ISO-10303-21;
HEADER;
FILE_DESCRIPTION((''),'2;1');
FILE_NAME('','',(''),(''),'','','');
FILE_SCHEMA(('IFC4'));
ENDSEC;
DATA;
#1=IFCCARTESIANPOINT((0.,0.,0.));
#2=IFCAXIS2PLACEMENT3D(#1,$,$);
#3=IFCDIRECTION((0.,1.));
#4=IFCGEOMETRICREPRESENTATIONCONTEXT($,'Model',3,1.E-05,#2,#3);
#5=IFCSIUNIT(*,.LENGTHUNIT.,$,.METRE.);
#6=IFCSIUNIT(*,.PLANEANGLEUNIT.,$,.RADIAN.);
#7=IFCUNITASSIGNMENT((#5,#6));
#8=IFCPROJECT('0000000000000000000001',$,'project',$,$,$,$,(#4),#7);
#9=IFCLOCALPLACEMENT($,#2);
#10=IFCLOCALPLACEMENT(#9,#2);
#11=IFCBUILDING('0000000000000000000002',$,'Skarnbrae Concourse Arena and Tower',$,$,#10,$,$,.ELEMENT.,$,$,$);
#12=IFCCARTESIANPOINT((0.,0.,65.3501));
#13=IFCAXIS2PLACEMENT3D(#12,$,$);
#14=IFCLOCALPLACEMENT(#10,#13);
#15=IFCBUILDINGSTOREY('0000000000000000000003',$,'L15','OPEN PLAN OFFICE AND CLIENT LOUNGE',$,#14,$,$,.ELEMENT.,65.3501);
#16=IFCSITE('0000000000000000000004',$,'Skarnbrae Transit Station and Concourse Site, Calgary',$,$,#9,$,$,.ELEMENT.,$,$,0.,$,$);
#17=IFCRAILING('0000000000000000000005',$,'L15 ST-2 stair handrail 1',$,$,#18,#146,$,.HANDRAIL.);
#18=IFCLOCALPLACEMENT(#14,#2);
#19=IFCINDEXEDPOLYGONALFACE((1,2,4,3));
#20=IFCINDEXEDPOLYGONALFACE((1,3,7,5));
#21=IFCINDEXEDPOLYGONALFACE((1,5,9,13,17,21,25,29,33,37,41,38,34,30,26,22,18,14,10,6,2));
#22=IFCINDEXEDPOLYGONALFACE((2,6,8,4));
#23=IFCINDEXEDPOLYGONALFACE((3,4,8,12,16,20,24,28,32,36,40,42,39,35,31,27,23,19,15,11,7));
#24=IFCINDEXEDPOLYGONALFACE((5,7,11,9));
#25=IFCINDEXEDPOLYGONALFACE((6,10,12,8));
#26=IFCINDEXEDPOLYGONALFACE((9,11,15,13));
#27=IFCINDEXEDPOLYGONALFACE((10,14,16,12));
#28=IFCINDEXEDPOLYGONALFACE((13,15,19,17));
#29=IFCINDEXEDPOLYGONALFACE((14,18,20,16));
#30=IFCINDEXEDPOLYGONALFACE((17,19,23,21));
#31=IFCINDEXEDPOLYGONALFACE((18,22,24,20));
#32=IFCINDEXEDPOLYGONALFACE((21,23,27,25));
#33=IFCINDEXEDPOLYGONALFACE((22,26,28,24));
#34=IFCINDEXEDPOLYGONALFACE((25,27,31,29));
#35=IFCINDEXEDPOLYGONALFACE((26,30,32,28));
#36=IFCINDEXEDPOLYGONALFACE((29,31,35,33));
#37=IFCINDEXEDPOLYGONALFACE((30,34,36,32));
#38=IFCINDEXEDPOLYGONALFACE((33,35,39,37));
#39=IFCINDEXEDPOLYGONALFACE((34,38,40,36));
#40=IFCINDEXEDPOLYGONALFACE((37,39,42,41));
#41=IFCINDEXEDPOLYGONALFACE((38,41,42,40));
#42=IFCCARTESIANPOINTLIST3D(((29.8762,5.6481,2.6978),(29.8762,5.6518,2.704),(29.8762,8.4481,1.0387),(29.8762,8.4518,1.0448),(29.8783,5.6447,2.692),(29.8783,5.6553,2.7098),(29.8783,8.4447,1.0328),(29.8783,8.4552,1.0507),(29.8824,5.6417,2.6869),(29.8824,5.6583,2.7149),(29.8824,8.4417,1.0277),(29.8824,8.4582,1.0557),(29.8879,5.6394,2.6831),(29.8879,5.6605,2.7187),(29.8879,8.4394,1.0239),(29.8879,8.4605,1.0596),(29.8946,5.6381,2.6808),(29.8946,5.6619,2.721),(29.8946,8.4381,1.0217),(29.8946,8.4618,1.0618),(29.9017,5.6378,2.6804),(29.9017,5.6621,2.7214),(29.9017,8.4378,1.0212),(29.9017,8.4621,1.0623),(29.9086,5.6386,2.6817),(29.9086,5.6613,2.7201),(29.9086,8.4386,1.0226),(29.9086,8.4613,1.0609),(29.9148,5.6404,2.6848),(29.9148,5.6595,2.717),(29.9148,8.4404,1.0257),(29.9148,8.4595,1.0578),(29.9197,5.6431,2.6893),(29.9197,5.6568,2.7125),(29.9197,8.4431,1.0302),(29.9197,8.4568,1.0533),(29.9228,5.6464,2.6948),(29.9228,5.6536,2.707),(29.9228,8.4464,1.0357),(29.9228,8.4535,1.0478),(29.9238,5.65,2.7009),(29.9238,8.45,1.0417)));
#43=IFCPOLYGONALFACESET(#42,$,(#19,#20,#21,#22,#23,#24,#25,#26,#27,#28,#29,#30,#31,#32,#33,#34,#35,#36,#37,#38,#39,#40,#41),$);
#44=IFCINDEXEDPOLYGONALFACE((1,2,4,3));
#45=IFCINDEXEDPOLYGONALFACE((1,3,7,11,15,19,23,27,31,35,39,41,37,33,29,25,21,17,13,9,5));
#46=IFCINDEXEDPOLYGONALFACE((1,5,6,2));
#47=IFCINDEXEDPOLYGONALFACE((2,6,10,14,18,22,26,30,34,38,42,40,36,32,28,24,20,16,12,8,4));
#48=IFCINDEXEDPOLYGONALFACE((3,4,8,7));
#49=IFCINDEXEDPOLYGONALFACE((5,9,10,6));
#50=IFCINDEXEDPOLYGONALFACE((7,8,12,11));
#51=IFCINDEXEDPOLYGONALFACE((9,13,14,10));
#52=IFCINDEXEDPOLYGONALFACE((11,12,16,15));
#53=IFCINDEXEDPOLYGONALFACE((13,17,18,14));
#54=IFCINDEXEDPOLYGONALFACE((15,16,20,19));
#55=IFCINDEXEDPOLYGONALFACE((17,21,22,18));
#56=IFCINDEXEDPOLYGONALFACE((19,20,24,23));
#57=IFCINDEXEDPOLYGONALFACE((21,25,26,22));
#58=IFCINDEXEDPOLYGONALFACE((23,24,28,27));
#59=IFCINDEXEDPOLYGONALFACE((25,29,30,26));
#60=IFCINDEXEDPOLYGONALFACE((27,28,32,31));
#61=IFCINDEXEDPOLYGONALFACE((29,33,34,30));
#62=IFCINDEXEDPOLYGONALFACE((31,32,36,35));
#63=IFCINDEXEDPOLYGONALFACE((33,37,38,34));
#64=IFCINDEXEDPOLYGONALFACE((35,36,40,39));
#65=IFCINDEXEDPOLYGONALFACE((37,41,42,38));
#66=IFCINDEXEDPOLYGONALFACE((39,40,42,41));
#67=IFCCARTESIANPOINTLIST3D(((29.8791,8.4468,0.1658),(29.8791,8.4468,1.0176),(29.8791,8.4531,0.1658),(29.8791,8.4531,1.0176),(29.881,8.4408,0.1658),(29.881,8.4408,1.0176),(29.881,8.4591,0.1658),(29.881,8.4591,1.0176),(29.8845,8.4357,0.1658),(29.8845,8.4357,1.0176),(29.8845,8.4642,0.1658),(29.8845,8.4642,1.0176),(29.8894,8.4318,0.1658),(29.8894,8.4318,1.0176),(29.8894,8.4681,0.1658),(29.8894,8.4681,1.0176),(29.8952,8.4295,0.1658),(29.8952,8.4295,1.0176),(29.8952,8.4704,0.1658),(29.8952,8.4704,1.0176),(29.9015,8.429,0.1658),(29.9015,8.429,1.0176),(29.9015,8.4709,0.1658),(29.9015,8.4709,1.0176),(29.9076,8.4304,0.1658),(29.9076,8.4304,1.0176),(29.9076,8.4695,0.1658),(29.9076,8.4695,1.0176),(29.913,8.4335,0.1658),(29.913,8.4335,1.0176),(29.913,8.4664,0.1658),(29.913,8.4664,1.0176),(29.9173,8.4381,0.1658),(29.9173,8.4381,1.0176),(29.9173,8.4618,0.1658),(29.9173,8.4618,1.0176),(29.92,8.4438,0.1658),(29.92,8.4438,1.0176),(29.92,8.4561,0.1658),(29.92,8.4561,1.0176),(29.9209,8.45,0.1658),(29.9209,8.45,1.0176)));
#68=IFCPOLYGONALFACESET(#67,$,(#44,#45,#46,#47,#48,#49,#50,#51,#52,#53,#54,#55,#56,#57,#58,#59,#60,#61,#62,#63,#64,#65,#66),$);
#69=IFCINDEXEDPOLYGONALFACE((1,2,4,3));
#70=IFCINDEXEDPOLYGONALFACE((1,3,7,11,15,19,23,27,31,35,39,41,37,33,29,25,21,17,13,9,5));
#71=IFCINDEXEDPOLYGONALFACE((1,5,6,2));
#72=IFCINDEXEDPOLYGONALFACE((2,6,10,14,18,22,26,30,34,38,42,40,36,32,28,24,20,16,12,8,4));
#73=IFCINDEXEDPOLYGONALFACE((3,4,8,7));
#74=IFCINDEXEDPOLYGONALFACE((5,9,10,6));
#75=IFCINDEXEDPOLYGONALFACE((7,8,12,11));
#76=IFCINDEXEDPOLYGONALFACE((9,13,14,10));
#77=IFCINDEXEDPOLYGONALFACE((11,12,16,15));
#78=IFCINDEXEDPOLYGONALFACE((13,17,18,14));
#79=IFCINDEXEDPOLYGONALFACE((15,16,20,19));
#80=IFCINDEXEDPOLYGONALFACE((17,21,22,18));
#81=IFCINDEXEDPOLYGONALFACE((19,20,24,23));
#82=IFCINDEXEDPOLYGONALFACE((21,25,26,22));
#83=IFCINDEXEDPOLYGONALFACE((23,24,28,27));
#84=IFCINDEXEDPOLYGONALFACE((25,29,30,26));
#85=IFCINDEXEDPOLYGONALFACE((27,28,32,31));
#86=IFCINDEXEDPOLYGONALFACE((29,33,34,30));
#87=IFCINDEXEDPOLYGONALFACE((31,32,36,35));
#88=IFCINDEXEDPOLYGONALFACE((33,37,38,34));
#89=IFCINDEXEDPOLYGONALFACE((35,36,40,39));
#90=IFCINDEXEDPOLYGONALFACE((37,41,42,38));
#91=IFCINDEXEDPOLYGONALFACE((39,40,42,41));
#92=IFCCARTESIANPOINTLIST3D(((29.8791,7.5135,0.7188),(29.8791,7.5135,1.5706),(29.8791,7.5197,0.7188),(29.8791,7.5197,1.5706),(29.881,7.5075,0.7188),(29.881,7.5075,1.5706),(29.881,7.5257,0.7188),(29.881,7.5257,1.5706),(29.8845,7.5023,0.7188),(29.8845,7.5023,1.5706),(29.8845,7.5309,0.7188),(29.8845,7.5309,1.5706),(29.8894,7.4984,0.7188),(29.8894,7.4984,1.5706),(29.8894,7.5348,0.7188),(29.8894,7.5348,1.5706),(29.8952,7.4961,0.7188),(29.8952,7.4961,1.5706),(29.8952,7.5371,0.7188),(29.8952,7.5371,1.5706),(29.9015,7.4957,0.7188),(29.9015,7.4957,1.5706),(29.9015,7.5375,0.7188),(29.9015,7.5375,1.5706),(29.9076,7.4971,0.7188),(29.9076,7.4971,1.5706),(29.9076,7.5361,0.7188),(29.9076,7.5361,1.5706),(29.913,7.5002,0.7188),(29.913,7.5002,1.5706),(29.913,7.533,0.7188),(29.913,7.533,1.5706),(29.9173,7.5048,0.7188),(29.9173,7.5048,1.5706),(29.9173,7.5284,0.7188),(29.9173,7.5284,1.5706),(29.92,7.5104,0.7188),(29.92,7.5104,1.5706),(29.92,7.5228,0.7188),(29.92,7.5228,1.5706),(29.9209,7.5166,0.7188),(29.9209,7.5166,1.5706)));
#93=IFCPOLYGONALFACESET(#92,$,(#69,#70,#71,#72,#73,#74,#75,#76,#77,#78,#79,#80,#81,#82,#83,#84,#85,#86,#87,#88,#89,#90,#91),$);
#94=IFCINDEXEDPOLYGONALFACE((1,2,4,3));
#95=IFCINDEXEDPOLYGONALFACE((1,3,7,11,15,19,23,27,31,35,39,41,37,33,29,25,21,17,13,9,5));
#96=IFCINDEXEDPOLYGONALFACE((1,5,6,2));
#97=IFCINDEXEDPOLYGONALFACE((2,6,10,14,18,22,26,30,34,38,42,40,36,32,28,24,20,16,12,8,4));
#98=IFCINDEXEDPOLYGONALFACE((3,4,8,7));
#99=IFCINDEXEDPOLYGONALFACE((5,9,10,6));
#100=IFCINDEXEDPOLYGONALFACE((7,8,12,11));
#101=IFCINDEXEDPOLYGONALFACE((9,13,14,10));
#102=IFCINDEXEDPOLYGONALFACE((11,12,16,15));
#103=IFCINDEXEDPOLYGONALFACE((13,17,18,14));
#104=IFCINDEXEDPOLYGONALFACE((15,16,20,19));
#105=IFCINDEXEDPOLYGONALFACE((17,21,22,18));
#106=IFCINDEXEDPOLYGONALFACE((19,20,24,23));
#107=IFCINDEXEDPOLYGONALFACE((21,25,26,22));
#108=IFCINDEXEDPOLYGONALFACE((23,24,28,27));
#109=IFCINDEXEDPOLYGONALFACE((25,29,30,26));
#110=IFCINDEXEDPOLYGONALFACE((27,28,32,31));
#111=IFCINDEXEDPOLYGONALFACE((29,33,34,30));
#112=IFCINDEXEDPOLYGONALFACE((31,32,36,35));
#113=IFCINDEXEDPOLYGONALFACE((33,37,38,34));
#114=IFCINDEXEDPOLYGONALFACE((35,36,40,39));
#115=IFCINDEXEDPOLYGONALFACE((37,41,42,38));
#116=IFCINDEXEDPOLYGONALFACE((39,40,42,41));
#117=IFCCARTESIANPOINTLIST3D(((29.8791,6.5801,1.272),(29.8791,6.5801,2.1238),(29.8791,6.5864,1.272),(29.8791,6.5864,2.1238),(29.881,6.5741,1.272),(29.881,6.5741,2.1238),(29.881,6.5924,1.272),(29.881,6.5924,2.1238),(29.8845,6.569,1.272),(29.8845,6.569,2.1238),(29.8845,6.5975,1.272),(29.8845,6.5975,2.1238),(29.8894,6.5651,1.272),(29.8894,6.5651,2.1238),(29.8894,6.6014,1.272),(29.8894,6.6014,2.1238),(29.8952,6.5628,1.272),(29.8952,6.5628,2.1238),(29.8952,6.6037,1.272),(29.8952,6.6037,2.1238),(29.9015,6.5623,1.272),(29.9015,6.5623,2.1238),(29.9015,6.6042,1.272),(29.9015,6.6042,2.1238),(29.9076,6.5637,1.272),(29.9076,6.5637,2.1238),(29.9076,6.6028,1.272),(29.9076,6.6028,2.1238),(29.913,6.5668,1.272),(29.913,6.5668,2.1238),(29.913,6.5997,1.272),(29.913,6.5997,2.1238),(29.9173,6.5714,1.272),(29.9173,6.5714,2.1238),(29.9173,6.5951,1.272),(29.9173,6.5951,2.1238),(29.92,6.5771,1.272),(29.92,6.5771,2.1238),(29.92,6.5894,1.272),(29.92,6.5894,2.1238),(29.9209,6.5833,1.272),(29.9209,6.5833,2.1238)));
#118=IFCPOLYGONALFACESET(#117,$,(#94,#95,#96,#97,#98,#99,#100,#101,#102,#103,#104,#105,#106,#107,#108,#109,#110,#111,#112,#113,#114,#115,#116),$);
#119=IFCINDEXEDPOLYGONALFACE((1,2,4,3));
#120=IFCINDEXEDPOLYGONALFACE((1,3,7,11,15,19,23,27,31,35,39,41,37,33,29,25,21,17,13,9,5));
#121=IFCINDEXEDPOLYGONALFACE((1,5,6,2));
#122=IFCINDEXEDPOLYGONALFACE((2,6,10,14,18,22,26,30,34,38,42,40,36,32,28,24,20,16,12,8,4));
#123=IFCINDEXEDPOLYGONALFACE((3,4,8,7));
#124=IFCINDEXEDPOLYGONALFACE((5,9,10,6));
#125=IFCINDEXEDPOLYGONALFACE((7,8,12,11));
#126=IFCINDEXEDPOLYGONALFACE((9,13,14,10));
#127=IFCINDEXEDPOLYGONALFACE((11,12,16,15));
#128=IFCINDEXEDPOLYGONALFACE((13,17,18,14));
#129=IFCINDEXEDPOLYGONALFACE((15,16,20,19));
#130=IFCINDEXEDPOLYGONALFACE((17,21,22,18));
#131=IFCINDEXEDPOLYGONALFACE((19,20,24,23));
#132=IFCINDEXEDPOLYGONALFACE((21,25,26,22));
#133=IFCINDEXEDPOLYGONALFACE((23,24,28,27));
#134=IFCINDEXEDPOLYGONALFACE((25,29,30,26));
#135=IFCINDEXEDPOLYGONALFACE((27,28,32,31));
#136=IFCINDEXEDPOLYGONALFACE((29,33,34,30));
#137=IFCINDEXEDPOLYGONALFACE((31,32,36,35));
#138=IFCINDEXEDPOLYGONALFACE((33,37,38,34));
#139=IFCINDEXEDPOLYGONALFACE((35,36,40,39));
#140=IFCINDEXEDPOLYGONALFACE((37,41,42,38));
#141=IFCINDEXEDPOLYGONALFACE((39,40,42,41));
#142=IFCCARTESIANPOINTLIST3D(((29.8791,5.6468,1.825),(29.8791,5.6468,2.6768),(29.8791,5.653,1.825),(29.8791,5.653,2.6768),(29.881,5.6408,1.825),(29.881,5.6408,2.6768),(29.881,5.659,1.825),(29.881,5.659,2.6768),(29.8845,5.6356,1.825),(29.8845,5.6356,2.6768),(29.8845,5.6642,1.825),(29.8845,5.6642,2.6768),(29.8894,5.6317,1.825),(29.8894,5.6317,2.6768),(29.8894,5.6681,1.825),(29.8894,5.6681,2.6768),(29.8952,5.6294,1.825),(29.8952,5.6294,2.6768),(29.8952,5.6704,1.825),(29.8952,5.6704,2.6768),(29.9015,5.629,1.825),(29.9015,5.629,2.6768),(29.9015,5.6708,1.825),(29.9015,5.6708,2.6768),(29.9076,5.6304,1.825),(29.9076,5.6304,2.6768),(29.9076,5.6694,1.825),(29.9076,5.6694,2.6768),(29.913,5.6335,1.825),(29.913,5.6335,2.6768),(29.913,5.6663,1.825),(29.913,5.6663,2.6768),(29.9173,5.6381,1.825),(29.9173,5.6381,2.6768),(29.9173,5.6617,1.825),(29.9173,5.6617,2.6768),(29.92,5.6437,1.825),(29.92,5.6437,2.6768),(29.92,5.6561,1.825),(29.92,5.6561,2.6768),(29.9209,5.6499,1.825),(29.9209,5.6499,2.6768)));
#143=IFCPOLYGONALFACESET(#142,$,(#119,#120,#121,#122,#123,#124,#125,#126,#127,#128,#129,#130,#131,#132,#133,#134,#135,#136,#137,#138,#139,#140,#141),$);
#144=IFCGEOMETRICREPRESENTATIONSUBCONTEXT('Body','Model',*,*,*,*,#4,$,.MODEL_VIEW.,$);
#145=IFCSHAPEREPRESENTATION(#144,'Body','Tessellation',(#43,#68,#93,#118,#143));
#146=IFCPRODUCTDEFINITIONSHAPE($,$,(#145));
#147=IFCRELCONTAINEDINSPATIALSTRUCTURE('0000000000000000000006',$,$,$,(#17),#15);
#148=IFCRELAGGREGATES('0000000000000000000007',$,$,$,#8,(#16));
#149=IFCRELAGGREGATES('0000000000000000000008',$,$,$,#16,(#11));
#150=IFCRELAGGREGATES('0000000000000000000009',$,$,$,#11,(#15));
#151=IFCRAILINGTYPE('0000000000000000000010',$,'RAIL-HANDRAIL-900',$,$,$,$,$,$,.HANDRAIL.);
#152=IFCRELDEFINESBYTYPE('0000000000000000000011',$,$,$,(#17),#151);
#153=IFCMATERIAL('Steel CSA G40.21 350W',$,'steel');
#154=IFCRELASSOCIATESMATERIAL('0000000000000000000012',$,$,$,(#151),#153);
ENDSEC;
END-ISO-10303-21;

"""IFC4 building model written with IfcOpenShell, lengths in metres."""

from ifc_helpers import new_model, si_unit, direction, frame, origin, origin_2d, place, context, subcontext, project, spatial, circle, extrude, material, type_object, element, save


model = new_model("IFC4")

# Units and contexts
model_context = context("Model", 3, precision=1e-05, world=origin(), true_north=direction((0.0, 1.0)))
body_context = subcontext(model_context, "Body", "Model", "MODEL_VIEW")
ifc_project = project(units=[si_unit("LENGTHUNIT", "METRE"), si_unit("PLANEANGLEUNIT", "RADIAN")], contexts=[model_context])

# Site, building, storey
site_placement = place(None, origin())
site = spatial("IfcSite", under=ifc_project, at=site_placement, Name="Skarnbrae Transit Station and Concourse Site, Calgary", CompositionType="ELEMENT", RefElevation=0.0)
building_placement = place(site_placement, origin())
building = spatial("IfcBuilding", under=site, at=building_placement, Name="Skarnbrae Concourse Arena and Tower", CompositionType="ELEMENT")
storey_placement = place(building_placement, frame((0.0, 0.0, 65.3501)))
storey = spatial("IfcBuildingStorey", under=building, at=storey_placement, Name="L15", Description="OPEN PLAN OFFICE AND CLIENT LOUNGE", CompositionType="ELEMENT", Elevation=65.3501)

# Shared definitions
ifc_material_1 = material(Name="Steel CSA G40.21 350W", Category="steel")

# Railing
railing_type_1 = type_object("IfcRailingType", Name="RAIL-HANDRAIL-900", PredefinedType="HANDRAIL", material=ifc_material_1)
railing_1_placement = place(storey_placement, frame((29.8999, 8.45, 0.1658)))
element("IfcRailing", 1, at=railing_1_placement, inside=storey, type_object=railing_type_1, Name="L15 ST-2 stair handrail 1", PredefinedType="HANDRAIL", context=body_context, shape_type="SweptSolid", body=[
    extrude(circle(Radius=0.0239, at=origin_2d()), frame((0.0, 0.0, 0.876), z_axis=(0.0, -0.860306, 0.509778), x_axis=(1.0, 0.0, 0.0)), (0.0, 0.0, 1.0), 3.2546),
    extrude(circle(Radius=0.021, at=origin_2d()), origin(), (0.0, 0.0, 1.0), 0.8518),
    extrude(circle(Radius=0.021, at=origin_2d()), frame((0.0, -0.9333, 0.553)), (0.0, 0.0, 1.0), 0.8518),
    extrude(circle(Radius=0.021, at=origin_2d()), frame((0.0, -1.8667, 1.1062)), (0.0, 0.0, 1.0), 0.8518),
    extrude(circle(Radius=0.021, at=origin_2d()), frame((0.0, -2.8, 1.6592)), (0.0, 0.0, 1.0), 0.8518),
])

save(model, "model.ifc")
